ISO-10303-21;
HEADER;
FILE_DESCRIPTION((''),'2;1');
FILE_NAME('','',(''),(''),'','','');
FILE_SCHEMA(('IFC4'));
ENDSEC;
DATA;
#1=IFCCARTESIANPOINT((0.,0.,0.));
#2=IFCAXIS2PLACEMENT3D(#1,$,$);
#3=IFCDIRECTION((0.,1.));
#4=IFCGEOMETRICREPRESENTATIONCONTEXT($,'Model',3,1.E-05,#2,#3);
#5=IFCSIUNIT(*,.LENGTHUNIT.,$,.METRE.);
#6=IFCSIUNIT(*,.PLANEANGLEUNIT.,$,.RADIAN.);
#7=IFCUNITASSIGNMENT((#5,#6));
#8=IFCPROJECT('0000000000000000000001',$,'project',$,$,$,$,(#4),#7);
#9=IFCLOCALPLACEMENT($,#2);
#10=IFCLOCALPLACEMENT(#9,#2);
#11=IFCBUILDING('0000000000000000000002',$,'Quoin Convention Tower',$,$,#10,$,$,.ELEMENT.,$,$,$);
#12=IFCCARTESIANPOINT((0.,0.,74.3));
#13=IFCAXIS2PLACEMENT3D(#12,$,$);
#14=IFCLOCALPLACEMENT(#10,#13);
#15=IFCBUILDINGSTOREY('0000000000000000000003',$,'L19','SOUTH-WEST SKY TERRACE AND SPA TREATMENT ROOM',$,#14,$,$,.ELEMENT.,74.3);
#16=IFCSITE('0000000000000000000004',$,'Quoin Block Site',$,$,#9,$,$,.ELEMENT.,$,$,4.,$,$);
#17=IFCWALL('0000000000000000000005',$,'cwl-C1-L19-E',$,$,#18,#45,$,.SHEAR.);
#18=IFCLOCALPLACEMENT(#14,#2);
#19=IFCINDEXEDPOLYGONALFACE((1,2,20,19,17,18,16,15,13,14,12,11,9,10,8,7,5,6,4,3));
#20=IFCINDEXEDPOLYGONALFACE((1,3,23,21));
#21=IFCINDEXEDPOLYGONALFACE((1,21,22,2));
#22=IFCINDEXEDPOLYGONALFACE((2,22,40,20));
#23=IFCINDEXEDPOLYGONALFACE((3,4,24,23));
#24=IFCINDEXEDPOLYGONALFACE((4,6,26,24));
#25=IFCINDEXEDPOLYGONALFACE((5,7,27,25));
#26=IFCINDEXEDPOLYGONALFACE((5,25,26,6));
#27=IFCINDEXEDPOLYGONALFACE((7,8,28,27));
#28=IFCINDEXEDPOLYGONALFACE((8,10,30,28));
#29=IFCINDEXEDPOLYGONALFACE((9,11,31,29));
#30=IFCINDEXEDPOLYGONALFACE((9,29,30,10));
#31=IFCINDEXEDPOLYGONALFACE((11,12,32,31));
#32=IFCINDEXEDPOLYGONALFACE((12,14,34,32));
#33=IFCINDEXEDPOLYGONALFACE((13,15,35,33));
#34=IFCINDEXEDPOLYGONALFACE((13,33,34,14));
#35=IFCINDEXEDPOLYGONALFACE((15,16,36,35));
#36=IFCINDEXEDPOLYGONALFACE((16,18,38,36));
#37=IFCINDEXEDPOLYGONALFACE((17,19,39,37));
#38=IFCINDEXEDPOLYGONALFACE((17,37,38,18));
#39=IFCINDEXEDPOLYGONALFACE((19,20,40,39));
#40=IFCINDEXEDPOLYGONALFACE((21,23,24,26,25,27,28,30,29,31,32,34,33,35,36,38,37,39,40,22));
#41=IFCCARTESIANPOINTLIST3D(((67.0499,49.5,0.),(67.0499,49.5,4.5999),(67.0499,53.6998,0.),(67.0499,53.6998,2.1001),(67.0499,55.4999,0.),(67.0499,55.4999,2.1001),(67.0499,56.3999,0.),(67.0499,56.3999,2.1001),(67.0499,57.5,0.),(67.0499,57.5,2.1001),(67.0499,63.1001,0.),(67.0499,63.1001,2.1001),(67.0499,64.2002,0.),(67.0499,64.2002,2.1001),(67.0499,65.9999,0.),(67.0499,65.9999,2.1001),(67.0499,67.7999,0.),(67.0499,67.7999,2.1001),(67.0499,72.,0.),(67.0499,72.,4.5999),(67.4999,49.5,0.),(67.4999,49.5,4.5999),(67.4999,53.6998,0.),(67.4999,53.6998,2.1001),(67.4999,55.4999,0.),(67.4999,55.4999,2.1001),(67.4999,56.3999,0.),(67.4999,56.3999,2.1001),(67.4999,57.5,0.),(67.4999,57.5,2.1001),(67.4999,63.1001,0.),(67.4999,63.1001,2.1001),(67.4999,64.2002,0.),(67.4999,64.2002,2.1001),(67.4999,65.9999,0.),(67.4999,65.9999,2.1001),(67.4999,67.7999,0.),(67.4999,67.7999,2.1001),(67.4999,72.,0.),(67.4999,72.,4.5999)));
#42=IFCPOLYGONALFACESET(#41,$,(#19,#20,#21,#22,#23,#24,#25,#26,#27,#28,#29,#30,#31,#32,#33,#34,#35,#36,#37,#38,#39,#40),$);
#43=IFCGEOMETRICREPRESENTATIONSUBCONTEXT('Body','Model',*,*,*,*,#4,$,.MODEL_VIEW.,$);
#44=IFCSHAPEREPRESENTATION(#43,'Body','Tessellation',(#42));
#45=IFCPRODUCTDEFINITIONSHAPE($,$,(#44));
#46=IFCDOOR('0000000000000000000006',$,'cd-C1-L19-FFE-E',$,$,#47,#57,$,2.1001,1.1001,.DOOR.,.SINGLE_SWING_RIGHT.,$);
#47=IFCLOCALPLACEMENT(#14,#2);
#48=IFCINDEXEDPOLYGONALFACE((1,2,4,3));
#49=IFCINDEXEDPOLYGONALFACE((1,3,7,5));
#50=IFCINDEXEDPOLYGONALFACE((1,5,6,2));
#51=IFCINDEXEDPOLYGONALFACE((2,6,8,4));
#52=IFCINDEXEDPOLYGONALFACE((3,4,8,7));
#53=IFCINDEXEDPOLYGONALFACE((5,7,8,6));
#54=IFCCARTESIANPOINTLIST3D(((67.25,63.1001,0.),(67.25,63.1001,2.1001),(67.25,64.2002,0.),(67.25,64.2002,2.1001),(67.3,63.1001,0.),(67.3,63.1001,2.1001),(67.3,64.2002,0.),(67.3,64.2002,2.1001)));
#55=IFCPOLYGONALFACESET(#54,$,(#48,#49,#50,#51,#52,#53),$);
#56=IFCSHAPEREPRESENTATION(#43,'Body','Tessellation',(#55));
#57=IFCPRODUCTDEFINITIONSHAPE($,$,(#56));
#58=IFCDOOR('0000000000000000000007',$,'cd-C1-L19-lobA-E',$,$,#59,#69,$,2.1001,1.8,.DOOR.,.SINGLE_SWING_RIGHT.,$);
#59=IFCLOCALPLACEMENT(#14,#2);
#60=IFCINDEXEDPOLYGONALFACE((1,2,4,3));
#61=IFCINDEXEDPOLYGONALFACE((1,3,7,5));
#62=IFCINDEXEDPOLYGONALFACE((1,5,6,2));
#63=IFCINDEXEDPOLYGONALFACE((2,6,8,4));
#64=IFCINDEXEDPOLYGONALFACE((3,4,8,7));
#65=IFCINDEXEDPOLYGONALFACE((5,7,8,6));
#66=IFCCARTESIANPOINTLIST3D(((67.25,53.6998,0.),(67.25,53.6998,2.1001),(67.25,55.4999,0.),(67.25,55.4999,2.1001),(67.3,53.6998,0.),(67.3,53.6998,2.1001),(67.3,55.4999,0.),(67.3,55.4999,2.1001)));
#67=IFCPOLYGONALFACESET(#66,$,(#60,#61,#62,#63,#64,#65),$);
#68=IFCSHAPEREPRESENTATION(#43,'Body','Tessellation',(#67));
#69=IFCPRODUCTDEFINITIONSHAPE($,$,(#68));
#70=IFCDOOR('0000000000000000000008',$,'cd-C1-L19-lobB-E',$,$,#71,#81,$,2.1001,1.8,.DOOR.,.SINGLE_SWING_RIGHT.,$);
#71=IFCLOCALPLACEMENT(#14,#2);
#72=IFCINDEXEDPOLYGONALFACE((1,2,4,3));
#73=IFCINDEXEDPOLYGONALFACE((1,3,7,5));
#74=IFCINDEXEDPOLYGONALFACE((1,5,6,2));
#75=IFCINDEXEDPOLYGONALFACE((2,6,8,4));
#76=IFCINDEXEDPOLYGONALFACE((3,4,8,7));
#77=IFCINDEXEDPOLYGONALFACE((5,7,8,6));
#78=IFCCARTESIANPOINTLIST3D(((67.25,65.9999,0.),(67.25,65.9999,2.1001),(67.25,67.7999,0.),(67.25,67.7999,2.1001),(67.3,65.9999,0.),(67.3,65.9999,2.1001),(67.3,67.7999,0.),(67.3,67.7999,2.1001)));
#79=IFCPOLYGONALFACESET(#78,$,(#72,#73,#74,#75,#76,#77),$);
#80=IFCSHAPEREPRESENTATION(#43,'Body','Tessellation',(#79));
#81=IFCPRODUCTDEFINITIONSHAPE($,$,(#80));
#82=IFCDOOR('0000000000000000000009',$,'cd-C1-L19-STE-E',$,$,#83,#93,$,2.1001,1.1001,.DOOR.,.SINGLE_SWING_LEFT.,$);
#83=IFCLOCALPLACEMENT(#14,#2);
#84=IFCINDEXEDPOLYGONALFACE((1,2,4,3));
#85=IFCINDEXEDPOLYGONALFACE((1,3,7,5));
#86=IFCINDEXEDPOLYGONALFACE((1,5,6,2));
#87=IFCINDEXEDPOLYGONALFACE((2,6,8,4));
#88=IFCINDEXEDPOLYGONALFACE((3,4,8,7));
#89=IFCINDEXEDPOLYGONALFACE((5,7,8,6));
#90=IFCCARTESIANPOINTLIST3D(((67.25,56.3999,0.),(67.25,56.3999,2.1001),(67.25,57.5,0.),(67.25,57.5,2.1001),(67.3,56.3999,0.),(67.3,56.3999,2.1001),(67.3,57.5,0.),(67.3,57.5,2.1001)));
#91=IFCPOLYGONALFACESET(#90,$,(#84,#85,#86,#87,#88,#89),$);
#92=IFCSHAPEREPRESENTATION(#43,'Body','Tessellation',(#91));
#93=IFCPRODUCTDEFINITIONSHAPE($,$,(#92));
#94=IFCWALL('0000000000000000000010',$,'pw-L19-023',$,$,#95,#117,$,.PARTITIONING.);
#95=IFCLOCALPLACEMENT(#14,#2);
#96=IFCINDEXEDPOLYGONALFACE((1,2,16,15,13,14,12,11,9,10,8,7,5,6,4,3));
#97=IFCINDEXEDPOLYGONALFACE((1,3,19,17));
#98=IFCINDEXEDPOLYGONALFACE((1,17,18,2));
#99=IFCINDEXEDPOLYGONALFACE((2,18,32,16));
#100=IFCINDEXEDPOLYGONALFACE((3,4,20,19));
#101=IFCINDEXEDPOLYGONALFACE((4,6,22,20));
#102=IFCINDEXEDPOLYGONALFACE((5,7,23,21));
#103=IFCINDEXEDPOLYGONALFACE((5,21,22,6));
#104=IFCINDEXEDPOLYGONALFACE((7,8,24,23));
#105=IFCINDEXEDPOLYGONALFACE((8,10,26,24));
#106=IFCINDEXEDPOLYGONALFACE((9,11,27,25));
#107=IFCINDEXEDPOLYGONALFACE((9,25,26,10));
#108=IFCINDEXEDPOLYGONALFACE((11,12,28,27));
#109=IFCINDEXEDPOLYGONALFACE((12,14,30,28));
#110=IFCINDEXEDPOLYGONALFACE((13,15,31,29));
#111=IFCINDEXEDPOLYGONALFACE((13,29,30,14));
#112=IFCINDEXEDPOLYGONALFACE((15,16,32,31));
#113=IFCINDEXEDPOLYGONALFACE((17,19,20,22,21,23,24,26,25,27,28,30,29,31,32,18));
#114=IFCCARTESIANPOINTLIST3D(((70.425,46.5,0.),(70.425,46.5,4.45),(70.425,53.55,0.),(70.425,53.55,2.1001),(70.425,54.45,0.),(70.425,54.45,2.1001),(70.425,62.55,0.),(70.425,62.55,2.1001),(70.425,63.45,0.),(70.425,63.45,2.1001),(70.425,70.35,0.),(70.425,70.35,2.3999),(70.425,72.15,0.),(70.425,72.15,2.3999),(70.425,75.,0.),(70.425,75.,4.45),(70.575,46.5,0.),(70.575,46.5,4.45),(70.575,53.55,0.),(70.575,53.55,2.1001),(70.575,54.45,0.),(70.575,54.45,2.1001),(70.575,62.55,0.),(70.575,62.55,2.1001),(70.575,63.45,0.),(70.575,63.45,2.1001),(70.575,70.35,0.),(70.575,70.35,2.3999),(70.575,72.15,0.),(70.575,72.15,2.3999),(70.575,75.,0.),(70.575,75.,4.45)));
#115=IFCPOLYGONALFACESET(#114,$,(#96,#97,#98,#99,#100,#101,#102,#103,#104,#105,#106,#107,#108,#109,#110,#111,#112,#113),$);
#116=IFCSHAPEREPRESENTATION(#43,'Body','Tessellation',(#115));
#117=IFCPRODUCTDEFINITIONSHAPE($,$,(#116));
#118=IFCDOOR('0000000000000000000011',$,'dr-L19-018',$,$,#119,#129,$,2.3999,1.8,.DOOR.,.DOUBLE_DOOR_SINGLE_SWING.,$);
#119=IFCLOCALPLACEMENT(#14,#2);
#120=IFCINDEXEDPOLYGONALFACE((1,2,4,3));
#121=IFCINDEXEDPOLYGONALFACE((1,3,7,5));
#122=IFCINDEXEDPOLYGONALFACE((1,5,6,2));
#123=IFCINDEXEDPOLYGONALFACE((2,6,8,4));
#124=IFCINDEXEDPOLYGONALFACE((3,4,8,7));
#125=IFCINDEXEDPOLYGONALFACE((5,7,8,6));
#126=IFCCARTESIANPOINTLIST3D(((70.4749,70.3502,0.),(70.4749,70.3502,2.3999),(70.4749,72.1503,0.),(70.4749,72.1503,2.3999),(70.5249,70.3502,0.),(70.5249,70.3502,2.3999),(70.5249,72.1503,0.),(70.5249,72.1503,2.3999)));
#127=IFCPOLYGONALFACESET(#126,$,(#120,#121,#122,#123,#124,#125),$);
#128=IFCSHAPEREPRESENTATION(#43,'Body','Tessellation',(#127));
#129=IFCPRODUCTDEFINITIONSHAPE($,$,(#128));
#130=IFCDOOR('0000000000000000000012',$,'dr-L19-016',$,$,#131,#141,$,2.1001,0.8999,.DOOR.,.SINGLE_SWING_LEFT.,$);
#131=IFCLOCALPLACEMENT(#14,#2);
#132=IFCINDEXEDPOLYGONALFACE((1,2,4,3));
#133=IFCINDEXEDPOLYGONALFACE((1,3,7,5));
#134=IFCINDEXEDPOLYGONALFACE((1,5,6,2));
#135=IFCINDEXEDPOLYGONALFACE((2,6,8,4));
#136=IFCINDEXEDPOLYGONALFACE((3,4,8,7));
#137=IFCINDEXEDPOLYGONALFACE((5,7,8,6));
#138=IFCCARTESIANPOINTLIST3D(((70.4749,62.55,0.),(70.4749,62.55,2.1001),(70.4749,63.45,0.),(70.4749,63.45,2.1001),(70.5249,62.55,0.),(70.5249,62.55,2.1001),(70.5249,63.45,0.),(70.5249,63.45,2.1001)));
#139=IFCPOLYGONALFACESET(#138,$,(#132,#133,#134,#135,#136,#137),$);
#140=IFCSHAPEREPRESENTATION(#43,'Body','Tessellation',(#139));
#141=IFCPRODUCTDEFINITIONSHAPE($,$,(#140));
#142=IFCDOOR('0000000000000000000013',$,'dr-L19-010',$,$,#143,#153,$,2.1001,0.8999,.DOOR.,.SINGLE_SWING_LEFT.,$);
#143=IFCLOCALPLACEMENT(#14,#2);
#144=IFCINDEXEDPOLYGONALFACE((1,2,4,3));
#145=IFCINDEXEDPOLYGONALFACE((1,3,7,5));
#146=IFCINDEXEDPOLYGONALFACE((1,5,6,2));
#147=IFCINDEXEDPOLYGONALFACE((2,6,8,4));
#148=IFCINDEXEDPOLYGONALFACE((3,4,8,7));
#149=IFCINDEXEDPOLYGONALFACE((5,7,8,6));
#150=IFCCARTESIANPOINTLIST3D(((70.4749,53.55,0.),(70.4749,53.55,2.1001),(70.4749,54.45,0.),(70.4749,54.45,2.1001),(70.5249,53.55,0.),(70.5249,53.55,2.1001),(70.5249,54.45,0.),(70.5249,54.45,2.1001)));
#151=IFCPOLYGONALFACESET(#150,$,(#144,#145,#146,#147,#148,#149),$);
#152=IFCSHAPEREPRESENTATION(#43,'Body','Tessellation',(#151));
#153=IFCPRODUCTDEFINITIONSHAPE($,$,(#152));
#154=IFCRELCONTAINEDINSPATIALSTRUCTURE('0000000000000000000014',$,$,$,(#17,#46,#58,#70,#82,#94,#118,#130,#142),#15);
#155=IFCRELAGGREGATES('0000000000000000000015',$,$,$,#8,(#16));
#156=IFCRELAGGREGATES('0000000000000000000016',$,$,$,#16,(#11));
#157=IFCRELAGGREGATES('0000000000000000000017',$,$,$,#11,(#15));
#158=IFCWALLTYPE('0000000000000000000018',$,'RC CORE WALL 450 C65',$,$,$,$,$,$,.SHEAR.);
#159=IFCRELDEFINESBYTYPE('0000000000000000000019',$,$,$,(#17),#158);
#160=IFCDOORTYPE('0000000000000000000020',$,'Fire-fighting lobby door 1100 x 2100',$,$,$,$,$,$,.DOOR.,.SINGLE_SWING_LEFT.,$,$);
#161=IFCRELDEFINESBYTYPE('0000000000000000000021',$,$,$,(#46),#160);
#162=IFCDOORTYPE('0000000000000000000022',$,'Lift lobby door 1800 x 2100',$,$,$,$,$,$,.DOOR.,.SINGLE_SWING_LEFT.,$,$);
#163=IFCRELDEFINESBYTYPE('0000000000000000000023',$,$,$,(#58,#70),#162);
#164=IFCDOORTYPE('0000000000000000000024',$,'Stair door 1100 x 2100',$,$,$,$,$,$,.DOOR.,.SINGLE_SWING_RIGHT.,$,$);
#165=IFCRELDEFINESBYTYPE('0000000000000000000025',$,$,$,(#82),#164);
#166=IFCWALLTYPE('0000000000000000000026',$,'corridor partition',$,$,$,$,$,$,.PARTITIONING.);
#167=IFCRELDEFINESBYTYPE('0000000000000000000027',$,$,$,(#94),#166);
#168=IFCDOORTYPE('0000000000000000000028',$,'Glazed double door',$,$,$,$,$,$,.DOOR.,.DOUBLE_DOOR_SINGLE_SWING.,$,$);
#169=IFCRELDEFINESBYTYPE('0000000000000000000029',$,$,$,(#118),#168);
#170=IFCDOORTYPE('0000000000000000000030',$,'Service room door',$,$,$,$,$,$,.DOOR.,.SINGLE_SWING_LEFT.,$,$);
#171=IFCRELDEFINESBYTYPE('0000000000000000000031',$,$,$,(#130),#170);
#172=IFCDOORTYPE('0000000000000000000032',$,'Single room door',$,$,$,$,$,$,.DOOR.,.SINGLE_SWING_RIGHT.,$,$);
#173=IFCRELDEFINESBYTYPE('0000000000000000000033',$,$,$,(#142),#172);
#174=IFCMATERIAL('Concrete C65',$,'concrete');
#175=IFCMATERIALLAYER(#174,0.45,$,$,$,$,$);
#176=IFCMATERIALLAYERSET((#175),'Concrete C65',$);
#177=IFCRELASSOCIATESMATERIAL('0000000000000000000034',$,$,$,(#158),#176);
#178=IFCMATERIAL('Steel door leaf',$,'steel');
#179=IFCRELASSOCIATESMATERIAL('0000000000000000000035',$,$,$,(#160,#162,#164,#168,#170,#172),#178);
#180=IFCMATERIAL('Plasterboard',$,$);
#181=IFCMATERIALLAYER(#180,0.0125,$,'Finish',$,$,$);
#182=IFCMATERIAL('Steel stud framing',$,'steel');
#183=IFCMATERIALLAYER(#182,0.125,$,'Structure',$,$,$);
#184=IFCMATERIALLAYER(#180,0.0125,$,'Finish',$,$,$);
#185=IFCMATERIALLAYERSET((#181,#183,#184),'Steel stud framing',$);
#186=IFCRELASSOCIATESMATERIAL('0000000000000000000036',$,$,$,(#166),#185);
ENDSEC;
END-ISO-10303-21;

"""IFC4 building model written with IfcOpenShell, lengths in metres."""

from ifc_helpers import new_model, si_unit, direction, frame, frame_2d, origin, place, context, subcontext, project, spatial, rectangle, extrude, material, layer, layer_set, type_object, element, fill, save


model = new_model("IFC4")

# Units and contexts
model_context = context("Model", 3, precision=1e-05, world=origin(), true_north=direction((0.0, 1.0)))
body_context = subcontext(model_context, "Body", "Model", "MODEL_VIEW")
ifc_project = project(units=[si_unit("LENGTHUNIT", "METRE"), si_unit("PLANEANGLEUNIT", "RADIAN")], contexts=[model_context])

# Site, building, storey
site_placement = place(None, origin())
site = spatial("IfcSite", under=ifc_project, at=site_placement, Name="Quoin Block Site", CompositionType="ELEMENT", RefElevation=4.0)
building_placement = place(site_placement, origin())
building = spatial("IfcBuilding", under=site, at=building_placement, Name="Quoin Convention Tower", CompositionType="ELEMENT")
storey_placement = place(building_placement, frame((0.0, 0.0, 74.3)))
storey = spatial("IfcBuildingStorey", under=building, at=storey_placement, Name="L19", Description="SOUTH-WEST SKY TERRACE AND SPA TREATMENT ROOM", CompositionType="ELEMENT", Elevation=74.3)

# Shared definitions
ifc_material_1 = material(Name="Concrete C65", Category="concrete")

# Walls, openings, doors
ifc_layer_1 = layer(ifc_material_1, 0.45)
ifc_layer_set_1 = layer_set([ifc_layer_1], Name="Concrete C65")
wall_type_1 = type_object("IfcWallType", Name="RC CORE WALL 450 C65", PredefinedType="SHEAR", material=ifc_layer_set_1)
wall_1_placement = place(storey_placement, frame((67.2749, 49.5, 0.0), z_axis=(0.0, 0.0, 1.0), x_axis=(0.0, 1.0, 0.0)))
wall_1 = element("IfcWall", 1, at=wall_1_placement, inside=storey, type_object=wall_type_1, Name="cwl-C1-L19-E", PredefinedType="SHEAR", context=body_context, shape_type="SweptSolid", body=[
    extrude(rectangle(XDim=22.5, YDim=0.45, at=frame_2d((11.25, 0.0))), origin(), (0.0, 0.0, 1.0), 4.5999),
])
opening_1_placement = place(wall_1_placement, frame((4.2, 0.0, 0.0)))
opening_1 = element("IfcOpeningElement", 2, at=opening_1_placement, cuts=wall_1, PredefinedType="OPENING", context=body_context, shape_type="SweptSolid", body=[
    extrude(rectangle(XDim=1.8, YDim=2.1001, at=frame_2d((0.8999, 1.05))), frame((0.0, 0.2349, 0.0), z_axis=(0.0, -1.0, 0.0), x_axis=(1.0, 0.0, 0.0)), (0.0, 0.0, 1.0), 0.47),
])
opening_2_placement = place(wall_1_placement, frame((6.8999, 0.0, 0.0)))
opening_2 = element("IfcOpeningElement", 3, at=opening_2_placement, cuts=wall_1, PredefinedType="OPENING", context=body_context, shape_type="SweptSolid", body=[
    extrude(rectangle(XDim=1.1001, YDim=2.1001, at=frame_2d((0.55, 1.05))), frame((0.0, 0.2349, 0.0), z_axis=(0.0, -1.0, 0.0), x_axis=(1.0, 0.0, 0.0)), (0.0, 0.0, 1.0), 0.47),
])
opening_3_placement = place(wall_1_placement, frame((13.6001, 0.0, 0.0)))
opening_3 = element("IfcOpeningElement", 4, at=opening_3_placement, cuts=wall_1, PredefinedType="OPENING", context=body_context, shape_type="SweptSolid", body=[
    extrude(rectangle(XDim=1.1001, YDim=2.1001, at=frame_2d((0.55, 1.05))), frame((0.0, 0.2349, 0.0), z_axis=(0.0, -1.0, 0.0), x_axis=(1.0, 0.0, 0.0)), (0.0, 0.0, 1.0), 0.47),
])
opening_4_placement = place(wall_1_placement, frame((16.5, 0.0, 0.0)))
opening_4 = element("IfcOpeningElement", 5, at=opening_4_placement, cuts=wall_1, PredefinedType="OPENING", context=body_context, shape_type="SweptSolid", body=[
    extrude(rectangle(XDim=1.8, YDim=2.1001, at=frame_2d((0.8999, 1.05))), frame((0.0, 0.2349, 0.0), z_axis=(0.0, -1.0, 0.0), x_axis=(1.0, 0.0, 0.0)), (0.0, 0.0, 1.0), 0.47),
])
ifc_material_2 = material(Name="Steel door leaf", Category="steel")
door_type_1 = type_object("IfcDoorType", Name="Fire-fighting lobby door 1100 x 2100", OperationType="SINGLE_SWING_LEFT", PredefinedType="DOOR", material=ifc_material_2)
door_1_placement = place(opening_3_placement, origin())
door_1 = element("IfcDoor", 6, at=door_1_placement, inside=storey, type_object=door_type_1, Name="cd-C1-L19-FFE-E", OperationType="SINGLE_SWING_RIGHT", OverallHeight=2.1001, OverallWidth=1.1001, PredefinedType="DOOR", context=body_context, shape_type="SweptSolid", body=[
    extrude(rectangle(XDim=1.1001, YDim=2.1001, at=frame_2d((0.55, 1.05))), frame((0.0, 0.0249, 0.0), z_axis=(0.0, -1.0, 0.0), x_axis=(1.0, 0.0, 0.0)), (0.0, 0.0, 1.0), 0.05),
])
fill(opening_3, door_1)
door_type_2 = type_object("IfcDoorType", Name="Lift lobby door 1800 x 2100", OperationType="SINGLE_SWING_LEFT", PredefinedType="DOOR", material=ifc_material_2)
door_2_placement = place(opening_1_placement, origin())
door_2 = element("IfcDoor", 7, at=door_2_placement, inside=storey, type_object=door_type_2, Name="cd-C1-L19-lobA-E", OperationType="SINGLE_SWING_RIGHT", OverallHeight=2.1001, OverallWidth=1.8, PredefinedType="DOOR", context=body_context, shape_type="SweptSolid", body=[
    extrude(rectangle(XDim=1.8, YDim=2.1001, at=frame_2d((0.8999, 1.05))), frame((0.0, 0.0249, 0.0), z_axis=(0.0, -1.0, 0.0), x_axis=(1.0, 0.0, 0.0)), (0.0, 0.0, 1.0), 0.05),
])
fill(opening_1, door_2)
door_3_placement = place(opening_4_placement, origin())
door_3 = element("IfcDoor", 8, at=door_3_placement, inside=storey, type_object=door_type_2, Name="cd-C1-L19-lobB-E", OperationType="SINGLE_SWING_RIGHT", OverallHeight=2.1001, OverallWidth=1.8, PredefinedType="DOOR", context=body_context, shape_type="SweptSolid", body=[
    extrude(rectangle(XDim=1.8, YDim=2.1001, at=frame_2d((0.8999, 1.05))), frame((0.0, 0.0249, 0.0), z_axis=(0.0, -1.0, 0.0), x_axis=(1.0, 0.0, 0.0)), (0.0, 0.0, 1.0), 0.05),
])
fill(opening_4, door_3)
door_type_3 = type_object("IfcDoorType", Name="Stair door 1100 x 2100", OperationType="SINGLE_SWING_RIGHT", PredefinedType="DOOR", material=ifc_material_2)
door_4_placement = place(opening_2_placement, origin())
door_4 = element("IfcDoor", 9, at=door_4_placement, inside=storey, type_object=door_type_3, Name="cd-C1-L19-STE-E", OperationType="SINGLE_SWING_LEFT", OverallHeight=2.1001, OverallWidth=1.1001, PredefinedType="DOOR", context=body_context, shape_type="SweptSolid", body=[
    extrude(rectangle(XDim=1.1001, YDim=2.1001, at=frame_2d((0.55, 1.05))), frame((0.0, 0.0249, 0.0), z_axis=(0.0, -1.0, 0.0), x_axis=(1.0, 0.0, 0.0)), (0.0, 0.0, 1.0), 0.05),
])
fill(opening_2, door_4)
ifc_material_3 = material(Name="Plasterboard")
ifc_layer_2 = layer(ifc_material_3, 0.0125, Name="Finish")
ifc_material_4 = material(Name="Steel stud framing", Category="steel")
ifc_layer_3 = layer(ifc_material_4, 0.125, Name="Structure")
ifc_layer_4 = layer(ifc_material_3, 0.0125, Name="Finish")
ifc_layer_set_2 = layer_set([ifc_layer_2, ifc_layer_3, ifc_layer_4], Name="Steel stud framing")
wall_type_2 = type_object("IfcWallType", Name="corridor partition", PredefinedType="PARTITIONING", material=ifc_layer_set_2)
wall_2_placement = place(storey_placement, frame((70.5, 46.5, 0.0), z_axis=(0.0, 0.0, 1.0), x_axis=(0.0, 1.0, 0.0)))
wall_2 = element("IfcWall", 10, at=wall_2_placement, inside=storey, type_object=wall_type_2, Name="pw-L19-023", PredefinedType="PARTITIONING", context=body_context, shape_type="SweptSolid", body=[
    extrude(rectangle(XDim=28.5, YDim=0.1499, at=frame_2d((14.25, 0.0))), origin(), (0.0, 0.0, 1.0), 4.45),
])
opening_5_placement = place(wall_2_placement, frame((7.05, 0.0, 0.0)))
opening_5 = element("IfcOpeningElement", 11, at=opening_5_placement, cuts=wall_2, PredefinedType="OPENING", context=body_context, shape_type="SweptSolid", body=[
    extrude(rectangle(XDim=0.8999, YDim=2.1001, at=frame_2d((0.45, 1.05))), frame((0.0, 0.085, 0.0), z_axis=(0.0, -1.0, 0.0), x_axis=(1.0, 0.0, 0.0)), (0.0, 0.0, 1.0), 0.1699),
])
opening_6_placement = place(wall_2_placement, frame((16.05, 0.0, 0.0)))
opening_6 = element("IfcOpeningElement", 12, at=opening_6_placement, cuts=wall_2, PredefinedType="OPENING", context=body_context, shape_type="SweptSolid", body=[
    extrude(rectangle(XDim=0.8999, YDim=2.1001, at=frame_2d((0.45, 1.05))), frame((0.0, 0.085, 0.0), z_axis=(0.0, -1.0, 0.0), x_axis=(1.0, 0.0, 0.0)), (0.0, 0.0, 1.0), 0.1699),
])
opening_7_placement = place(wall_2_placement, frame((23.8501, 0.0, 0.0)))
opening_7 = element("IfcOpeningElement", 13, at=opening_7_placement, cuts=wall_2, PredefinedType="OPENING", context=body_context, shape_type="SweptSolid", body=[
    extrude(rectangle(XDim=1.8, YDim=2.3999, at=frame_2d((0.8999, 1.2))), frame((0.0, 0.085, 0.0), z_axis=(0.0, -1.0, 0.0), x_axis=(1.0, 0.0, 0.0)), (0.0, 0.0, 1.0), 0.1699),
])
door_type_4 = type_object("IfcDoorType", Name="Glazed double door", OperationType="DOUBLE_DOOR_SINGLE_SWING", PredefinedType="DOOR", material=ifc_material_2)
door_5_placement = place(opening_7_placement, frame((1.8, 0.0, 0.0), z_axis=(0.0, 0.0, 1.0), x_axis=(-1.0, 0.0, 0.0)))
door_5 = element("IfcDoor", 14, at=door_5_placement, inside=storey, type_object=door_type_4, Name="dr-L19-018", OperationType="DOUBLE_DOOR_SINGLE_SWING", OverallHeight=2.3999, OverallWidth=1.8, PredefinedType="DOOR", context=body_context, shape_type="SweptSolid", body=[
    extrude(rectangle(XDim=1.8, YDim=2.3999, at=frame_2d((0.8999, 1.2))), frame((0.0, 0.0249, 0.0), z_axis=(0.0, -1.0, 0.0), x_axis=(1.0, 0.0, 0.0)), (0.0, 0.0, 1.0), 0.05),
])
fill(opening_7, door_5)
door_type_5 = type_object("IfcDoorType", Name="Service room door", OperationType="SINGLE_SWING_LEFT", PredefinedType="DOOR", material=ifc_material_2)
door_6_placement = place(opening_6_placement, frame((0.8999, 0.0, 0.0), z_axis=(0.0, 0.0, 1.0), x_axis=(-1.0, 0.0, 0.0)))
door_6 = element("IfcDoor", 15, at=door_6_placement, inside=storey, type_object=door_type_5, Name="dr-L19-016", OperationType="SINGLE_SWING_LEFT", OverallHeight=2.1001, OverallWidth=0.8999, PredefinedType="DOOR", context=body_context, shape_type="SweptSolid", body=[
    extrude(rectangle(XDim=0.8999, YDim=2.1001, at=frame_2d((0.45, 1.05))), frame((0.0, 0.0249, 0.0), z_axis=(0.0, -1.0, 0.0), x_axis=(1.0, 0.0, 0.0)), (0.0, 0.0, 1.0), 0.05),
])
fill(opening_6, door_6)
door_type_6 = type_object("IfcDoorType", Name="Single room door", OperationType="SINGLE_SWING_RIGHT", PredefinedType="DOOR", material=ifc_material_2)
door_7_placement = place(opening_5_placement, frame((0.8999, 0.0, 0.0), z_axis=(0.0, 0.0, 1.0), x_axis=(-1.0, 0.0, 0.0)))
door_7 = element("IfcDoor", 16, at=door_7_placement, inside=storey, type_object=door_type_6, Name="dr-L19-010", OperationType="SINGLE_SWING_LEFT", OverallHeight=2.1001, OverallWidth=0.8999, PredefinedType="DOOR", context=body_context, shape_type="SweptSolid", body=[
    extrude(rectangle(XDim=0.8999, YDim=2.1001, at=frame_2d((0.45, 1.05))), frame((0.0, 0.0249, 0.0), z_axis=(0.0, -1.0, 0.0), x_axis=(1.0, 0.0, 0.0)), (0.0, 0.0, 1.0), 0.05),
])
fill(opening_5, door_7)

save(model, "model.ifc")
